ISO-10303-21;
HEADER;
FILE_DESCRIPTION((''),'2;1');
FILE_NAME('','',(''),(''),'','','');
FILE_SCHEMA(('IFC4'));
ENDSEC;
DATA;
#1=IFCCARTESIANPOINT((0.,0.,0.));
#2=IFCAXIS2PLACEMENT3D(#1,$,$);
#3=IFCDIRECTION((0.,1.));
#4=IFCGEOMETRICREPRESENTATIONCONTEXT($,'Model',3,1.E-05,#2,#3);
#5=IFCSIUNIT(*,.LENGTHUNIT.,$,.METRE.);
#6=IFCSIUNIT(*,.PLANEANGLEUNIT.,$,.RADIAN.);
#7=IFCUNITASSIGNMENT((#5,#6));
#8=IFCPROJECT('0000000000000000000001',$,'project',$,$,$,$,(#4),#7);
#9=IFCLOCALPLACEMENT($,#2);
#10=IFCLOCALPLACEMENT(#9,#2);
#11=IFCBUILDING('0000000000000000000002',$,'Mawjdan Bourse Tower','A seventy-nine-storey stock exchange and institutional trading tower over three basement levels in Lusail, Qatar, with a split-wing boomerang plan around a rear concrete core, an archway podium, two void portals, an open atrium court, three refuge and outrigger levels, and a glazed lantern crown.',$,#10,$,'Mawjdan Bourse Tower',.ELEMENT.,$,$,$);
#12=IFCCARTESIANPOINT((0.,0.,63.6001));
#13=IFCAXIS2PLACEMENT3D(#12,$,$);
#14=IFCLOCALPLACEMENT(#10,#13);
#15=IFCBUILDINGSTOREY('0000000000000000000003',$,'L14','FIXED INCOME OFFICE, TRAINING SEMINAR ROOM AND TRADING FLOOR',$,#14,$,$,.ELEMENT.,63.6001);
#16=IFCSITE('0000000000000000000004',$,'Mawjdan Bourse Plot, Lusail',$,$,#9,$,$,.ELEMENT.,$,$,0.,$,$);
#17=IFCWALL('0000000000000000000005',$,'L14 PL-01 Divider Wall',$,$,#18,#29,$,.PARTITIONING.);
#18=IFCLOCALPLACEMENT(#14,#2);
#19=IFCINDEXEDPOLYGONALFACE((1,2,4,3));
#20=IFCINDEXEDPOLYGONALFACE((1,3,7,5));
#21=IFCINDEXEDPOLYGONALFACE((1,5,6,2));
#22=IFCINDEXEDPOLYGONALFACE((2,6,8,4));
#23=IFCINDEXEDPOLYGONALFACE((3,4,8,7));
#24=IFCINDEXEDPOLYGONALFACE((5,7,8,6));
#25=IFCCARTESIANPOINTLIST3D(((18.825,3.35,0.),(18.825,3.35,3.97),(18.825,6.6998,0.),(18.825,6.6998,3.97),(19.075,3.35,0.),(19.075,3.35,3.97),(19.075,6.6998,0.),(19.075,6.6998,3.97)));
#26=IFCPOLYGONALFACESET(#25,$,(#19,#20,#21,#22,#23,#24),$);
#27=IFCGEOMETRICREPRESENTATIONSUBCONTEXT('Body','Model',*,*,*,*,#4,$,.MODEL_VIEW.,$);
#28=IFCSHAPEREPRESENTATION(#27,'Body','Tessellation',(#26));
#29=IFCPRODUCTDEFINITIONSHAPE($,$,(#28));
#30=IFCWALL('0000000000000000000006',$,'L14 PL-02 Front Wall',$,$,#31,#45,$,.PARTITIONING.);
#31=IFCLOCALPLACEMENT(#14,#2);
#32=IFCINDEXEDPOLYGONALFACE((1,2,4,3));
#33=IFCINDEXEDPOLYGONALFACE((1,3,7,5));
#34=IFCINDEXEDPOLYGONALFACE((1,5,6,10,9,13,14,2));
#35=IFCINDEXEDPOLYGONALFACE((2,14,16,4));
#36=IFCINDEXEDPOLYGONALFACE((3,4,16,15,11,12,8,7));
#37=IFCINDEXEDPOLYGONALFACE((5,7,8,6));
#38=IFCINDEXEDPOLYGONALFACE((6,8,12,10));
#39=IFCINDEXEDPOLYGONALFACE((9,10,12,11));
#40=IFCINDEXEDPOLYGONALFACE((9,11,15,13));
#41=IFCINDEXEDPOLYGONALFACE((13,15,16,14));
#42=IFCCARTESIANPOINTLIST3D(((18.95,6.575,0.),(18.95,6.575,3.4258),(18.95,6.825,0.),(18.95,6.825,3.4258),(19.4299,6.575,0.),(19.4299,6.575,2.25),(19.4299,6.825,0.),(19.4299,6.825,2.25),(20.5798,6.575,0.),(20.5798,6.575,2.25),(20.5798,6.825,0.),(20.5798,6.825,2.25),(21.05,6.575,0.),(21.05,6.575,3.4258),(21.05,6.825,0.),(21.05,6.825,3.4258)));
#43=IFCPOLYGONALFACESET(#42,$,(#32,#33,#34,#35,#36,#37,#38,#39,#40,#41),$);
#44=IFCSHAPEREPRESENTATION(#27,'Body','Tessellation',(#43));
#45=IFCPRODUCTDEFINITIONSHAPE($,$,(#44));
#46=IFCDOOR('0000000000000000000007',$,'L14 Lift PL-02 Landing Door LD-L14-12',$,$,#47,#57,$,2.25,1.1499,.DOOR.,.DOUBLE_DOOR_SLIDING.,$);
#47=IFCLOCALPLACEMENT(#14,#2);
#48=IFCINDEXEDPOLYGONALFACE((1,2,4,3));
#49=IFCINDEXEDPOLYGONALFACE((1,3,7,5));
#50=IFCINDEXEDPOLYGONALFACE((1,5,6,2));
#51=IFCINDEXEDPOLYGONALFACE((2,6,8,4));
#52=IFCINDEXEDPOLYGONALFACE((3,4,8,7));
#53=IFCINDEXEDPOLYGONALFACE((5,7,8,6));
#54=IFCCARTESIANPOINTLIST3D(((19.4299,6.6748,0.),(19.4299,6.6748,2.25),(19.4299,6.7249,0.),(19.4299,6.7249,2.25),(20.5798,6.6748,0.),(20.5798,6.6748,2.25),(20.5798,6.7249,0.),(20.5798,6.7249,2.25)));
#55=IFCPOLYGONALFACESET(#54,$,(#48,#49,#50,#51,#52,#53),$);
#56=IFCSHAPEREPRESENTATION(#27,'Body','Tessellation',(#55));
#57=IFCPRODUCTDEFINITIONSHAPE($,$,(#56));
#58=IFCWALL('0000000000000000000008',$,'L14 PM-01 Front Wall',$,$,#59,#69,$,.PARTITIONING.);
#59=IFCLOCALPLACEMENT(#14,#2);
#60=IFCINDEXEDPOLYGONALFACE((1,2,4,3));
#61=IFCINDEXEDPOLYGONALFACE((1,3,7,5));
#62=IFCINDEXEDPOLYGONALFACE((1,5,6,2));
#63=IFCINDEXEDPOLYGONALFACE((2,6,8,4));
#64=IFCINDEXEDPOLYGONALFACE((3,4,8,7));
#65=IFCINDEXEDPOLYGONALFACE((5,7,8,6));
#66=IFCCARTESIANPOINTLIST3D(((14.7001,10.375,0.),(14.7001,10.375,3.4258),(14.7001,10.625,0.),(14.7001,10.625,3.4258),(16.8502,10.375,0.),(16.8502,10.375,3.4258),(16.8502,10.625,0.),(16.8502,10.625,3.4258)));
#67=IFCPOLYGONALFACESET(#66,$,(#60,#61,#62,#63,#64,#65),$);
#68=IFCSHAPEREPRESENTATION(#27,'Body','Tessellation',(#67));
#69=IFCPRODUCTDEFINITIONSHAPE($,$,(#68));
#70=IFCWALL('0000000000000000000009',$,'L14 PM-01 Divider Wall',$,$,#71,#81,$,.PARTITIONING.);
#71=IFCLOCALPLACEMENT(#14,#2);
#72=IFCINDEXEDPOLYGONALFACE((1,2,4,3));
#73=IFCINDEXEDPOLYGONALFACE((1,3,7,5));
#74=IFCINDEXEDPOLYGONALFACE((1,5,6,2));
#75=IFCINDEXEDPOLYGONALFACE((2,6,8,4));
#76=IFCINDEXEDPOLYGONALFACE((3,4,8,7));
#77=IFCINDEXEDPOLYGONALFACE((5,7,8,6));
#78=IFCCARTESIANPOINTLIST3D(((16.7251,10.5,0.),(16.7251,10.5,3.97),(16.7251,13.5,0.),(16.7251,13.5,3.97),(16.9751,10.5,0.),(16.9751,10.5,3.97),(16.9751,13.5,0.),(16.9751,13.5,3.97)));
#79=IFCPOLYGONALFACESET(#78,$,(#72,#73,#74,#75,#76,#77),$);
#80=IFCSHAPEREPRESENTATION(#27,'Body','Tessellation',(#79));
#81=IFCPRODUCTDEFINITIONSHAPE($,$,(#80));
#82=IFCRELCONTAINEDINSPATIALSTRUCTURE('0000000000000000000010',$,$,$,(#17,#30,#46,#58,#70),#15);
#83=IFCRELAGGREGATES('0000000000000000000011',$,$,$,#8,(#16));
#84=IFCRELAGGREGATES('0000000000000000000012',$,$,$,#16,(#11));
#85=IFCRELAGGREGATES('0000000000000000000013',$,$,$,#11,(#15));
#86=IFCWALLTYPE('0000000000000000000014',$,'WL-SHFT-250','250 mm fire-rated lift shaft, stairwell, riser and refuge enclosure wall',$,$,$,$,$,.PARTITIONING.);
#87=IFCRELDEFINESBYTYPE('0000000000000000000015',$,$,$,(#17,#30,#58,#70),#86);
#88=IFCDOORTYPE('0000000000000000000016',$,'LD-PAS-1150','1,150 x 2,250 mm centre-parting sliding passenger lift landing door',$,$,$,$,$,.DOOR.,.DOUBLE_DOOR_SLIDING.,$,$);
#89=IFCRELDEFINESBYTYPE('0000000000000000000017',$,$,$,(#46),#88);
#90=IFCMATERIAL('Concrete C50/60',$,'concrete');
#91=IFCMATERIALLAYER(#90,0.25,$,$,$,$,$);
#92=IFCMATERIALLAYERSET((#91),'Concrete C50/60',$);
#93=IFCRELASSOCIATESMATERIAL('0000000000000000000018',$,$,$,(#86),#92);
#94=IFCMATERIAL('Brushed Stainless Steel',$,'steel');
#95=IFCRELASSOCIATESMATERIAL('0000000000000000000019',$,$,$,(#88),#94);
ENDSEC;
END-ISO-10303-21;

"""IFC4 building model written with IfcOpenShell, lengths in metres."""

from ifc_helpers import new_model, si_unit, direction, frame, frame_2d, origin, place, context, subcontext, project, spatial, rectangle, extrude, material, layer, layer_set, type_object, element, fill, save


model = new_model("IFC4")

# Units and contexts
model_context = context("Model", 3, precision=1e-05, world=origin(), true_north=direction((0.0, 1.0)))
body_context = subcontext(model_context, "Body", "Model", "MODEL_VIEW")
ifc_project = project(units=[si_unit("LENGTHUNIT", "METRE"), si_unit("PLANEANGLEUNIT", "RADIAN")], contexts=[model_context])

# Site, building, storey
site_placement = place(None, origin())
site = spatial("IfcSite", under=ifc_project, at=site_placement, Name="Mawjdan Bourse Plot, Lusail", CompositionType="ELEMENT", RefElevation=0.0)
building_placement = place(site_placement, origin())
building = spatial("IfcBuilding", under=site, at=building_placement, Name="Mawjdan Bourse Tower", Description="A seventy-nine-storey stock exchange and institutional trading tower over three basement levels in Lusail, Qatar, with a split-wing boomerang plan around a rear concrete core, an archway podium, two void portals, an open atrium court, three refuge and outrigger levels, and a glazed lantern crown.", LongName="Mawjdan Bourse Tower", CompositionType="ELEMENT")
storey_placement = place(building_placement, frame((0.0, 0.0, 63.6001)))
storey = spatial("IfcBuildingStorey", under=building, at=storey_placement, Name="L14", Description="FIXED INCOME OFFICE, TRAINING SEMINAR ROOM AND TRADING FLOOR", CompositionType="ELEMENT", Elevation=63.6001)

# Shared definitions
ifc_material_1 = material(Name="Concrete C50/60", Category="concrete")
ifc_layer = layer(ifc_material_1, 0.25)
ifc_layer_set = layer_set([ifc_layer], Name="Concrete C50/60")
wall_type = type_object("IfcWallType", Name="WL-SHFT-250", Description="250 mm fire-rated lift shaft, stairwell, riser and refuge enclosure wall", PredefinedType="PARTITIONING", material=ifc_layer_set)

# Shared definitions
ifc_material_2 = material(Name="Brushed Stainless Steel", Category="steel")

# Shared definitions
door_type_1 = type_object("IfcDoorType", Name="LD-PAS-1150", Description="1,150 x 2,250 mm centre-parting sliding passenger lift landing door", OperationType="DOUBLE_DOOR_SLIDING", PredefinedType="DOOR", material=ifc_material_2)

# Wall
wall_1_placement = place(storey_placement, frame((18.95, 3.3501, 0.0), z_axis=(0.0, 0.0, 1.0), x_axis=(0.0, 1.0, 0.0)))
element("IfcWall", 1, at=wall_1_placement, inside=storey, type_object=wall_type, Name="L14 PL-01 Divider Wall", PredefinedType="PARTITIONING", context=body_context, shape_type="SweptSolid", body=[
    extrude(rectangle(XDim=3.3499, YDim=0.25, at=frame_2d((1.6748, 0.0))), origin(), (0.0, 0.0, 1.0), 3.97),
])

# Wall, opening, door
wall_2_placement = place(storey_placement, frame((18.95, 6.7, 0.0), z_axis=(0.0, 0.0, 1.0), x_axis=(1.0, 0.0, 0.0)))
wall_2 = element("IfcWall", 2, at=wall_2_placement, inside=storey, type_object=wall_type, Name="L14 PL-02 Front Wall", PredefinedType="PARTITIONING", context=body_context, shape_type="SweptSolid", body=[
    extrude(rectangle(XDim=2.1001, YDim=0.25, at=frame_2d((1.05, 0.0))), origin(), (0.0, 0.0, 1.0), 3.4258),
])
opening_1_placement = place(wall_2_placement, frame((0.48, 0.0, 0.0)))
opening_1 = element("IfcOpeningElement", 3, at=opening_1_placement, cuts=wall_2, PredefinedType="OPENING", context=body_context, shape_type="SweptSolid", body=[
    extrude(rectangle(XDim=1.1499, YDim=2.25, at=frame_2d((0.575, 1.125))), frame((0.0, 0.135, 0.0), z_axis=(0.0, -1.0, 0.0), x_axis=(1.0, 0.0, 0.0)), (0.0, 0.0, 1.0), 0.27),
])
door_1_placement = place(opening_1_placement, origin())
door_1 = element("IfcDoor", 4, at=door_1_placement, inside=storey, type_object=door_type_1, Name="L14 Lift PL-02 Landing Door LD-L14-12", OperationType="DOUBLE_DOOR_SLIDING", OverallHeight=2.25, OverallWidth=1.1499, PredefinedType="DOOR", context=body_context, shape_type="SweptSolid", body=[
    extrude(rectangle(XDim=1.1499, YDim=2.25, at=frame_2d((0.575, 1.125))), frame((0.0, 0.0249, 0.0), z_axis=(0.0, -1.0, 0.0), x_axis=(1.0, 0.0, 0.0)), (0.0, 0.0, 1.0), 0.05),
])
fill(opening_1, door_1)

# Walls
wall_3_placement = place(storey_placement, frame((14.7, 10.5, 0.0), z_axis=(0.0, 0.0, 1.0), x_axis=(1.0, 0.0, 0.0)))
element("IfcWall", 5, at=wall_3_placement, inside=storey, type_object=wall_type, Name="L14 PM-01 Front Wall", PredefinedType="PARTITIONING", context=body_context, shape_type="SweptSolid", body=[
    extrude(rectangle(XDim=2.1501, YDim=0.25, at=frame_2d((1.0752, 0.0))), origin(), (0.0, 0.0, 1.0), 3.4258),
])
wall_4_placement = place(storey_placement, frame((16.8501, 10.5, 0.0), z_axis=(0.0, 0.0, 1.0), x_axis=(0.0, 1.0, 0.0)))
element("IfcWall", 6, at=wall_4_placement, inside=storey, type_object=wall_type, Name="L14 PM-01 Divider Wall", PredefinedType="PARTITIONING", context=body_context, shape_type="SweptSolid", body=[
    extrude(rectangle(XDim=3.0, YDim=0.25, at=frame_2d((1.5, 0.0))), origin(), (0.0, 0.0, 1.0), 3.97),
])

save(model, "model.ifc")
